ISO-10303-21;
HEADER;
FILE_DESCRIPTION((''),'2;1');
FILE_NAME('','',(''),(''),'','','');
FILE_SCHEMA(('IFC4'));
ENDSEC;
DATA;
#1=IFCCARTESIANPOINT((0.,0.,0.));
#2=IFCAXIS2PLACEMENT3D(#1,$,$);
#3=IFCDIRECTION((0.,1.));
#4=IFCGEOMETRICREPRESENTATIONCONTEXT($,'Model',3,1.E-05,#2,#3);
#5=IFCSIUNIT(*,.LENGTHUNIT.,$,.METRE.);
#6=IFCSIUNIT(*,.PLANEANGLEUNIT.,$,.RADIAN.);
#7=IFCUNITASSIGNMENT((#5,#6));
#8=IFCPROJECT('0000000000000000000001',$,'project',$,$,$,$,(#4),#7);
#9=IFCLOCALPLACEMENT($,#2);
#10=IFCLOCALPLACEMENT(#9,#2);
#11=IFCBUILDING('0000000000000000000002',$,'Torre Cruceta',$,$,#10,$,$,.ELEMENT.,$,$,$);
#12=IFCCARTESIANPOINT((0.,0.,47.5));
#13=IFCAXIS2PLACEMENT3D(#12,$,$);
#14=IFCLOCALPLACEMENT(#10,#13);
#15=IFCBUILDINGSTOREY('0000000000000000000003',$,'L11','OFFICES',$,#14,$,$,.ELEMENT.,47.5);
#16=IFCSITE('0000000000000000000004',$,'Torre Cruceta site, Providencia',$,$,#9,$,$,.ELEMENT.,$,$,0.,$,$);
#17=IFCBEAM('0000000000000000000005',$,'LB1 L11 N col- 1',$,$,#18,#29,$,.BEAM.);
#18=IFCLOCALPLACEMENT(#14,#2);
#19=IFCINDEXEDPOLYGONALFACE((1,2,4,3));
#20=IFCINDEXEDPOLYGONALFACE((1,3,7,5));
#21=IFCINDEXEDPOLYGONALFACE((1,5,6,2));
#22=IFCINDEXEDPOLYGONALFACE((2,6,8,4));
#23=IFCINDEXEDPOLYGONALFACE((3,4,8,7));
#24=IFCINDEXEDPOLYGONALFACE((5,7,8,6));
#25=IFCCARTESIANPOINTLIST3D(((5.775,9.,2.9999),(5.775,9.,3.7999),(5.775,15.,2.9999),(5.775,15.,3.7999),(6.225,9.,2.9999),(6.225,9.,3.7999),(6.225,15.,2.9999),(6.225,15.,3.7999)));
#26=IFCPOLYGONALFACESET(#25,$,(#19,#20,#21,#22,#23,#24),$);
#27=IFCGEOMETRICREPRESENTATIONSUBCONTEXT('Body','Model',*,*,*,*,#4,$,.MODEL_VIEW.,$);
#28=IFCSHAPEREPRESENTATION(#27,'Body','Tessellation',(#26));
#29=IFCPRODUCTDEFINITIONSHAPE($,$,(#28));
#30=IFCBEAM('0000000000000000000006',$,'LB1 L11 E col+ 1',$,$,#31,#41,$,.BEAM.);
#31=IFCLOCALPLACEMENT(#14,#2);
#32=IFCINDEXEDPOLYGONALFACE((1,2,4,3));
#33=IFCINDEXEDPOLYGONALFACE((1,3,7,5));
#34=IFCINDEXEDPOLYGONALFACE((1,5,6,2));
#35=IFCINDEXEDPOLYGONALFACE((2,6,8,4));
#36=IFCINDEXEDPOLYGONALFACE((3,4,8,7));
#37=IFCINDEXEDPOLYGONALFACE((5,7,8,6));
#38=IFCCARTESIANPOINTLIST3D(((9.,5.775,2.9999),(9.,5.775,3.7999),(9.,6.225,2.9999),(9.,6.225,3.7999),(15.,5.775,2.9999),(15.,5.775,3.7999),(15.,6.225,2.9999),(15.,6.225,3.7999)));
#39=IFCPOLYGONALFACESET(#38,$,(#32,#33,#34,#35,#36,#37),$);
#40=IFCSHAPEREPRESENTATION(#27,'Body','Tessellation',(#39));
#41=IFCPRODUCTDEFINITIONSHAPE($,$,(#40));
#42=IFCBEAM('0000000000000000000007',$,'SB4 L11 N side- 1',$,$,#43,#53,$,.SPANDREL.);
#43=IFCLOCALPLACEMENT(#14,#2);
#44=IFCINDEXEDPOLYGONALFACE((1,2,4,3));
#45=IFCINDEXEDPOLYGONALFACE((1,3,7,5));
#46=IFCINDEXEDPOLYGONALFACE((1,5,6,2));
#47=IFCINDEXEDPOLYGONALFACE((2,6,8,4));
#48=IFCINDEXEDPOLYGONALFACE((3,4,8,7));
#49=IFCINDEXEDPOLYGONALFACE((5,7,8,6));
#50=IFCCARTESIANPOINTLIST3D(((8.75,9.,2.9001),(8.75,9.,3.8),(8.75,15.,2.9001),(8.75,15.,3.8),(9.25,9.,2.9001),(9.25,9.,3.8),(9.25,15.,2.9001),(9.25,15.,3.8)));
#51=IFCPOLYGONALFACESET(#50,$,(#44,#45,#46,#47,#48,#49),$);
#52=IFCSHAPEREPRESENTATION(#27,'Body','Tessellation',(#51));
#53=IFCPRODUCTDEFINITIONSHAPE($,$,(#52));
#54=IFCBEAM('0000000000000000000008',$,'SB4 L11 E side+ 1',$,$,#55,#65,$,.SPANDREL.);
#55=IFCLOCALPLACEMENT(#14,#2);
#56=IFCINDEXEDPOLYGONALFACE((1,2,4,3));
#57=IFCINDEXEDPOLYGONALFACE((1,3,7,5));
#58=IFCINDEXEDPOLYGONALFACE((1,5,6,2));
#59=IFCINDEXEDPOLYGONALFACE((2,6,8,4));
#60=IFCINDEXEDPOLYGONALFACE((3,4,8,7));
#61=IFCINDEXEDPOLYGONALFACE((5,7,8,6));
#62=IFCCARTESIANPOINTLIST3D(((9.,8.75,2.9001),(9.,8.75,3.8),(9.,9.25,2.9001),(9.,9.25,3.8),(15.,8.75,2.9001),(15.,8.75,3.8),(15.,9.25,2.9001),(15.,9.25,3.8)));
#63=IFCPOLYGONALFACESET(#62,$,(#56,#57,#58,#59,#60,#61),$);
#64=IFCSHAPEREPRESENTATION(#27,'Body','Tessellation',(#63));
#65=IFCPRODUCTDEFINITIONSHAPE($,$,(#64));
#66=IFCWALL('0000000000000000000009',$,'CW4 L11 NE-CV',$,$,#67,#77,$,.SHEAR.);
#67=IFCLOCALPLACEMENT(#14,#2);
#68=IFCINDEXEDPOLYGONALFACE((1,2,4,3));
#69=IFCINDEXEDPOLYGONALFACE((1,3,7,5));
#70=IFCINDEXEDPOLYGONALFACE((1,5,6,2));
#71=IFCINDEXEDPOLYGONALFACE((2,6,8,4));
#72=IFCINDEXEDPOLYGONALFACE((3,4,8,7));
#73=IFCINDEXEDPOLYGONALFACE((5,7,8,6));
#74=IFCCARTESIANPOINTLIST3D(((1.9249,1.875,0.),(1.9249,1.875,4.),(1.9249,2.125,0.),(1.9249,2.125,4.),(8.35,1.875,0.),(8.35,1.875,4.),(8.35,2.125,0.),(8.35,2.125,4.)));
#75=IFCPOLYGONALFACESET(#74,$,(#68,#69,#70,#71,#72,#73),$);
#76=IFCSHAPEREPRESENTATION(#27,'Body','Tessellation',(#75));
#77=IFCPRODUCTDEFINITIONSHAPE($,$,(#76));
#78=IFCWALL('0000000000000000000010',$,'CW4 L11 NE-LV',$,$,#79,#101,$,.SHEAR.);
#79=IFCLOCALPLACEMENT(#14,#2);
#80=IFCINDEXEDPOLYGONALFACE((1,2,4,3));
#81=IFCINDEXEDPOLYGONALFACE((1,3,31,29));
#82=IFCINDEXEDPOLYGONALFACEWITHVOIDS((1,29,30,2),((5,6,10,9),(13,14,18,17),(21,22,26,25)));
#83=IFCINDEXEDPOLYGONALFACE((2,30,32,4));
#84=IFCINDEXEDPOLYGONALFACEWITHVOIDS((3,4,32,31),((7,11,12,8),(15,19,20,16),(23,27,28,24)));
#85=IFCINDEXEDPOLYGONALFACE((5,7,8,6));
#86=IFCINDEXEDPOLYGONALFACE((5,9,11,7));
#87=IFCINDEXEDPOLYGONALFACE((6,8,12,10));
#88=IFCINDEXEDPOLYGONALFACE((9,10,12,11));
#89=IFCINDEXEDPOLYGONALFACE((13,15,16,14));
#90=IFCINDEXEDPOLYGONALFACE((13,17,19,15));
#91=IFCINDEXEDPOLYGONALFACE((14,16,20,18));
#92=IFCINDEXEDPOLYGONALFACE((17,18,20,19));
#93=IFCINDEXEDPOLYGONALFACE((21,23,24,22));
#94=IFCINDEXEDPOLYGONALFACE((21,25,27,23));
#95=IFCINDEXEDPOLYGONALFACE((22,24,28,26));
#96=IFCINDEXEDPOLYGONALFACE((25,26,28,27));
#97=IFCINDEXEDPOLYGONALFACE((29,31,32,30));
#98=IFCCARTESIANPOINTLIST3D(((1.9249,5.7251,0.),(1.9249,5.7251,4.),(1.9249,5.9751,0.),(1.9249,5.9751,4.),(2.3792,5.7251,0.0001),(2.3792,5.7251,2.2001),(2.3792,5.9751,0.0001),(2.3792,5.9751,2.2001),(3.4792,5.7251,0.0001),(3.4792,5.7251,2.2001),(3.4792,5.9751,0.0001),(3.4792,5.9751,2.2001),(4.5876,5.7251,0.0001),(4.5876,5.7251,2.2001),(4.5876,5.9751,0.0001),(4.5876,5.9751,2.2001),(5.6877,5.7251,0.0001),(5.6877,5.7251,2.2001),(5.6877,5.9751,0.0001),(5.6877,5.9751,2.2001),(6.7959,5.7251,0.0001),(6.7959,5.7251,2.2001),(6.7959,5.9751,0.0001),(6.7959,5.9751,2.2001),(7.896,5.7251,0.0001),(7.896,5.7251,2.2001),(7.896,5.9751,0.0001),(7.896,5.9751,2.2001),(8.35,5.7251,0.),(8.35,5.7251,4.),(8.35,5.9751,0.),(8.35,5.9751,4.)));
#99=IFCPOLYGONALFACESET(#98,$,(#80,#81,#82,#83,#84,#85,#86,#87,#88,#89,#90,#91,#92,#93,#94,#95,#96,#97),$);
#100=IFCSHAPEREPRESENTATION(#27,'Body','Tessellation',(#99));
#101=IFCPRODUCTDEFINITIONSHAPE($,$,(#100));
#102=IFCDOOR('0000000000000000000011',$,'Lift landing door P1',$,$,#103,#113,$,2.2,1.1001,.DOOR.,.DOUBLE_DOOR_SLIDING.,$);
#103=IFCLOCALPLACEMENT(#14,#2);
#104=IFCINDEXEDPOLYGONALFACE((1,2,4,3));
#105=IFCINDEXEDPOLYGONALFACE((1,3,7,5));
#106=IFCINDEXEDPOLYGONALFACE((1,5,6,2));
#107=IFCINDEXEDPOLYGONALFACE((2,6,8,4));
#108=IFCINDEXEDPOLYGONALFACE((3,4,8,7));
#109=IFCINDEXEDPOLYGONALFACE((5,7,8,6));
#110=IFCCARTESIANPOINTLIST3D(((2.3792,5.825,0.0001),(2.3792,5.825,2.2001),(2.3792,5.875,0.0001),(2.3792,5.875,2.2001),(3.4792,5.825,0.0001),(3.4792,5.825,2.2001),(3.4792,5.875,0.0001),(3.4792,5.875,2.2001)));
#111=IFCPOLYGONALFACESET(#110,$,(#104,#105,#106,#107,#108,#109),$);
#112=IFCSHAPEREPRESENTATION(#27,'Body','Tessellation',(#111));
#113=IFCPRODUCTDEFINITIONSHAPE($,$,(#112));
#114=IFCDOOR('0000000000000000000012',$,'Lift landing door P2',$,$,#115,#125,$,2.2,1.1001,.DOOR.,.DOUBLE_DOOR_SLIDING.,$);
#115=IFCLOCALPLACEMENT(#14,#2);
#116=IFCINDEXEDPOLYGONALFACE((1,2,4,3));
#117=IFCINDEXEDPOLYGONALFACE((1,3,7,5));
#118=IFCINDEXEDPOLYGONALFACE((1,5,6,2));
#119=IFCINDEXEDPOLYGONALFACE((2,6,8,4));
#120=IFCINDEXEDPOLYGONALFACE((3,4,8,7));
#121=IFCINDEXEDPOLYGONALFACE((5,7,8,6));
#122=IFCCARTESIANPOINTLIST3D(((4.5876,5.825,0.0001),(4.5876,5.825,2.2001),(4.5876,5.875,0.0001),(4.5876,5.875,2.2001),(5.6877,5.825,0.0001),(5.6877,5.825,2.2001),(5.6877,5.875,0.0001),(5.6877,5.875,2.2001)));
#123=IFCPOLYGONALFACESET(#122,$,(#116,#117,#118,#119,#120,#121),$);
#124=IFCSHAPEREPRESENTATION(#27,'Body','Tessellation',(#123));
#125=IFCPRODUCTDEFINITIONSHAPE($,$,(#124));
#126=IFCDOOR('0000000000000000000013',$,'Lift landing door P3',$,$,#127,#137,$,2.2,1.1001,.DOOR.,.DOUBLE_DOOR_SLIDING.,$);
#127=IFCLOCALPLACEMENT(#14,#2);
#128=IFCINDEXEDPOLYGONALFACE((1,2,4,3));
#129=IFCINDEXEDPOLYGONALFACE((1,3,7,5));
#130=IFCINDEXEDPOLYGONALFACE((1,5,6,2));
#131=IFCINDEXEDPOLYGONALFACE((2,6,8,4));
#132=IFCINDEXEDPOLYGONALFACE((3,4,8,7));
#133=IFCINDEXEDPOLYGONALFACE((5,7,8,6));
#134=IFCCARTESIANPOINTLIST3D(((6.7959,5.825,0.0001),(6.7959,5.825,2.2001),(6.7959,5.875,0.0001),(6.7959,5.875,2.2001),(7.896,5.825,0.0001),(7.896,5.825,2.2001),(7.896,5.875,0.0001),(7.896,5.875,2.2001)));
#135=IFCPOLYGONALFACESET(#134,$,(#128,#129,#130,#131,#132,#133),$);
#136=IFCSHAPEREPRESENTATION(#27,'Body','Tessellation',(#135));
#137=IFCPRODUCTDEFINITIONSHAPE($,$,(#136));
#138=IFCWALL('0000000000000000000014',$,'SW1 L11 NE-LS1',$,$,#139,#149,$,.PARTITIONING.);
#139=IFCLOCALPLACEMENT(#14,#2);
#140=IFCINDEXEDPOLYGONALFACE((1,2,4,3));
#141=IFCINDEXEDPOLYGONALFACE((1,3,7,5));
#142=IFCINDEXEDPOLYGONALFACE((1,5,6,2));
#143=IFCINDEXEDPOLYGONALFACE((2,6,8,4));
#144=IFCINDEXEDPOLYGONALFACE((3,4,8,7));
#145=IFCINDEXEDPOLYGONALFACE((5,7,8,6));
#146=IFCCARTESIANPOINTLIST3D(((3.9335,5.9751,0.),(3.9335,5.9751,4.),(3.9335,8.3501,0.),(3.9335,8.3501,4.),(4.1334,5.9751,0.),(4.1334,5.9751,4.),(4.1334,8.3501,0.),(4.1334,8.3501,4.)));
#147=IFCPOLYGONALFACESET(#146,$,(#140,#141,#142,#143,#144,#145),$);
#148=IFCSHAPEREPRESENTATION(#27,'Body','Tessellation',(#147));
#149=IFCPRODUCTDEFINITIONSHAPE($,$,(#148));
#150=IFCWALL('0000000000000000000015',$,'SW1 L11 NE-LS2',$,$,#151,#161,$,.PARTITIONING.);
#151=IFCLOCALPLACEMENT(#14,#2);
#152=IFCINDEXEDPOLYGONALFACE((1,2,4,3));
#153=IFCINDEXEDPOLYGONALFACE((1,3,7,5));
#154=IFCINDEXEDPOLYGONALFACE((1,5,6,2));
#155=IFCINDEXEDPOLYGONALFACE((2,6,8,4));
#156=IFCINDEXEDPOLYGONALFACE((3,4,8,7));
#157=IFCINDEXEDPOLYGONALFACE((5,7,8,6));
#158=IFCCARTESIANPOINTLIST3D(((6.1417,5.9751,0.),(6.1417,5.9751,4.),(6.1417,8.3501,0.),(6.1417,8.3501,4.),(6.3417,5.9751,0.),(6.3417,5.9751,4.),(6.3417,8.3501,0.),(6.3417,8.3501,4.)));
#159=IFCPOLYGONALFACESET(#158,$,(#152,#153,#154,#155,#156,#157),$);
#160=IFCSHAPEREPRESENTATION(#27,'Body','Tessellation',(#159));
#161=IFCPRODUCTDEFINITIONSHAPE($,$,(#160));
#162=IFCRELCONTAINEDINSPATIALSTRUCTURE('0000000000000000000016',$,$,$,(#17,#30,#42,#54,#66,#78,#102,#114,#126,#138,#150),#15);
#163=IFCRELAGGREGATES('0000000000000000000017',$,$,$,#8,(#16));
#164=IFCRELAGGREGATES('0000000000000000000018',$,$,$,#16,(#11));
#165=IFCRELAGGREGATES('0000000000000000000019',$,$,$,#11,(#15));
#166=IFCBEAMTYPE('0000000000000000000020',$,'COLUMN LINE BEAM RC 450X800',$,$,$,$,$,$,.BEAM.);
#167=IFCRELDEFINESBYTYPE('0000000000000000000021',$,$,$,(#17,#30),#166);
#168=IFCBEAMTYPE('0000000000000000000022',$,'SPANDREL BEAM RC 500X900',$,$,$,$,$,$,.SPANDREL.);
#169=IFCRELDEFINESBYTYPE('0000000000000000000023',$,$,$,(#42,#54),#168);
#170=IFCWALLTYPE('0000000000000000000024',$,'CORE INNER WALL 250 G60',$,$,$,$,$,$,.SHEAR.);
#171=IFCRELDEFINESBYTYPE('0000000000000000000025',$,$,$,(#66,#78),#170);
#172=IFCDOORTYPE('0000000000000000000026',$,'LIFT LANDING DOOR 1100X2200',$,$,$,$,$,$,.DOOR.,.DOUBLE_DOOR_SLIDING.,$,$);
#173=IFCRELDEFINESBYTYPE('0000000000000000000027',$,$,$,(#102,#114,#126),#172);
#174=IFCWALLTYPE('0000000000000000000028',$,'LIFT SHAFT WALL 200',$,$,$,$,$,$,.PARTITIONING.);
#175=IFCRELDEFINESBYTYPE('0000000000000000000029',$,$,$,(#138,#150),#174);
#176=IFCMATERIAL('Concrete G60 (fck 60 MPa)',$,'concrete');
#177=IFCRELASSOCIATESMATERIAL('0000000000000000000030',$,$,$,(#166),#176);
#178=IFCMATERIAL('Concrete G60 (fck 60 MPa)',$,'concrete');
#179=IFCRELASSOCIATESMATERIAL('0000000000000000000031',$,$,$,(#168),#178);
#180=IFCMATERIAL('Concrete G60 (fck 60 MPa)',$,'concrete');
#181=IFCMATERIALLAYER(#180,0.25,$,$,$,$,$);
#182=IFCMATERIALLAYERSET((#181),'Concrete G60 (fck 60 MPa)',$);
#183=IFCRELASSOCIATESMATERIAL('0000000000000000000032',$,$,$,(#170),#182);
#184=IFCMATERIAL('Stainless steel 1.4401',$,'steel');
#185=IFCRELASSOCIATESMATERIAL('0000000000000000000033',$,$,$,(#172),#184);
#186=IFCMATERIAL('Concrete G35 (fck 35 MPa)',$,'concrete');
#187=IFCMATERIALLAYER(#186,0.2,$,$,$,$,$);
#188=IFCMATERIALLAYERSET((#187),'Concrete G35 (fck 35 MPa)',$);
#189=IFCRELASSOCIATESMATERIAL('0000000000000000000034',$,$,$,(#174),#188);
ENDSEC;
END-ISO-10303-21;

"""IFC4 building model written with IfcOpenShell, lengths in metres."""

from ifc_helpers import new_model, si_unit, direction, frame, frame_2d, origin, origin_2d, place, context, subcontext, project, spatial, rectangle, extrude, material, layer, layer_set, material_profile, profile_set, type_object, element, fill, save


model = new_model("IFC4")

# Units and contexts
model_context = context("Model", 3, precision=1e-05, world=origin(), true_north=direction((0.0, 1.0)))
body_context = subcontext(model_context, "Body", "Model", "MODEL_VIEW")
ifc_project = project(units=[si_unit("LENGTHUNIT", "METRE"), si_unit("PLANEANGLEUNIT", "RADIAN")], contexts=[model_context])

# Site, building, storey
site_placement = place(None, origin())
site = spatial("IfcSite", under=ifc_project, at=site_placement, Name="Torre Cruceta site, Providencia", CompositionType="ELEMENT", RefElevation=0.0)
building_placement = place(site_placement, origin())
building = spatial("IfcBuilding", under=site, at=building_placement, Name="Torre Cruceta", CompositionType="ELEMENT")
storey_placement = place(building_placement, frame((0.0, 0.0, 47.5)))
storey = spatial("IfcBuildingStorey", under=building, at=storey_placement, Name="L11", Description="OFFICES", CompositionType="ELEMENT", Elevation=47.5)

# Beams
ifc_material_1 = material(Name="Concrete G60 (fck 60 MPa)", Category="concrete")
ifc_material_profile_1 = material_profile(ifc_material_1, rectangle(XDim=0.45, YDim=0.8, at=origin_2d()), Name="RC 450X800")
ifc_profile_set_1 = profile_set([ifc_material_profile_1], Name="Concrete G60 (fck 60 MPa)")
beam_type_1 = type_object("IfcBeamType", Name="COLUMN LINE BEAM RC 450X800", PredefinedType="BEAM", material=ifc_profile_set_1)
for number, where, z_axis, x_axis, name in (
    (1, (6.0, 9.0, 3.3999), (0.0, 1.0, 0.0), (-1.0, 0.0, 0.0), "LB1 L11 N col- 1"),
    (2, (9.0, 6.0, 3.3999), (1.0, 0.0, 0.0), (0.0, 1.0, 0.0), "LB1 L11 E col+ 1"),
):
    element("IfcBeam", number, at=place(storey_placement, frame(where, z_axis=z_axis, x_axis=x_axis)), inside=storey, type_object=beam_type_1, Name=name, PredefinedType="BEAM", context=body_context, shape_type="SweptSolid", body=[
        extrude(rectangle(XDim=0.45, YDim=0.8, at=origin_2d()), origin(), (0.0, 0.0, 1.0), 6.0),
    ])
ifc_material_2 = material(Name="Concrete G60 (fck 60 MPa)", Category="concrete")
ifc_material_profile_2 = material_profile(ifc_material_2, rectangle(XDim=0.5, YDim=0.8999, at=origin_2d()), Name="RC 500X900")
ifc_profile_set_2 = profile_set([ifc_material_profile_2], Name="Concrete G60 (fck 60 MPa)")
beam_type_2 = type_object("IfcBeamType", Name="SPANDREL BEAM RC 500X900", PredefinedType="SPANDREL", material=ifc_profile_set_2)
for number, where, z_axis, x_axis, name in (
    (3, (9.0, 9.0, 3.3501), (0.0, 1.0, 0.0), (-1.0, 0.0, 0.0), "SB4 L11 N side- 1"),
    (4, (9.0, 9.0, 3.3501), (1.0, 0.0, 0.0), (0.0, 1.0, 0.0), "SB4 L11 E side+ 1"),
):
    element("IfcBeam", number, at=place(storey_placement, frame(where, z_axis=z_axis, x_axis=x_axis)), inside=storey, type_object=beam_type_2, Name=name, PredefinedType="SPANDREL", context=body_context, shape_type="SweptSolid", body=[
        extrude(rectangle(XDim=0.5, YDim=0.8999, at=origin_2d()), origin(), (0.0, 0.0, 1.0), 6.0),
    ])

# Wall
ifc_material_3 = material(Name="Concrete G60 (fck 60 MPa)", Category="concrete")
ifc_layer_1 = layer(ifc_material_3, 0.25)
ifc_layer_set_1 = layer_set([ifc_layer_1], Name="Concrete G60 (fck 60 MPa)")
wall_type_1 = type_object("IfcWallType", Name="CORE INNER WALL 250 G60", PredefinedType="SHEAR", material=ifc_layer_set_1)
wall_1_placement = place(storey_placement, frame((1.925, 2.0, 0.0), z_axis=(0.0, 0.0, 1.0), x_axis=(1.0, 0.0, 0.0)))
element("IfcWall", 5, at=wall_1_placement, inside=storey, type_object=wall_type_1, Name="CW4 L11 NE-CV", PredefinedType="SHEAR", context=body_context, shape_type="SweptSolid", body=[
    extrude(rectangle(XDim=6.425, YDim=0.25, at=frame_2d((3.2124, 0.0))), origin(), (0.0, 0.0, 1.0), 4.0),
])

# Wall, openings, doors
wall_2_placement = place(storey_placement, frame((1.925, 5.8501, 0.0), z_axis=(0.0, 0.0, 1.0), x_axis=(1.0, 0.0, 0.0)))
wall_2 = element("IfcWall", 6, at=wall_2_placement, inside=storey, type_object=wall_type_1, Name="CW4 L11 NE-LV", PredefinedType="SHEAR", context=body_context, shape_type="SweptSolid", body=[
    extrude(rectangle(XDim=6.425, YDim=0.25, at=frame_2d((3.2124, 0.0))), origin(), (0.0, 0.0, 1.0), 4.0),
])
opening_1_placement = place(wall_2_placement, frame((0.4541, 0.0, 0.0)))
opening_1 = element("IfcOpeningElement", 7, at=opening_1_placement, cuts=wall_2, PredefinedType="OPENING", context=body_context, shape_type="SweptSolid", body=[
    extrude(rectangle(XDim=1.1001, YDim=2.2, at=frame_2d((0.55, 1.1001))), frame((0.0, 0.135, 0.0), z_axis=(0.0, -1.0, 0.0), x_axis=(1.0, 0.0, 0.0)), (0.0, 0.0, 1.0), 0.27),
])
opening_2_placement = place(wall_2_placement, frame((2.6626, 0.0, 0.0)))
opening_2 = element("IfcOpeningElement", 8, at=opening_2_placement, cuts=wall_2, PredefinedType="OPENING", context=body_context, shape_type="SweptSolid", body=[
    extrude(rectangle(XDim=1.1001, YDim=2.2, at=frame_2d((0.55, 1.1001))), frame((0.0, 0.135, 0.0), z_axis=(0.0, -1.0, 0.0), x_axis=(1.0, 0.0, 0.0)), (0.0, 0.0, 1.0), 0.27),
])
opening_3_placement = place(wall_2_placement, frame((4.8708, 0.0, 0.0)))
opening_3 = element("IfcOpeningElement", 9, at=opening_3_placement, cuts=wall_2, PredefinedType="OPENING", context=body_context, shape_type="SweptSolid", body=[
    extrude(rectangle(XDim=1.1001, YDim=2.2, at=frame_2d((0.55, 1.1001))), frame((0.0, 0.135, 0.0), z_axis=(0.0, -1.0, 0.0), x_axis=(1.0, 0.0, 0.0)), (0.0, 0.0, 1.0), 0.27),
])
ifc_material_4 = material(Name="Stainless steel 1.4401", Category="steel")
door_type_1 = type_object("IfcDoorType", Name="LIFT LANDING DOOR 1100X2200", OperationType="DOUBLE_DOOR_SLIDING", PredefinedType="DOOR", material=ifc_material_4)
door_1_placement = place(opening_1_placement, origin())
door_1 = element("IfcDoor", 10, at=door_1_placement, inside=storey, type_object=door_type_1, Name="Lift landing door P1", OperationType="DOUBLE_DOOR_SLIDING", OverallHeight=2.2, OverallWidth=1.1001, PredefinedType="DOOR", context=body_context, shape_type="SweptSolid", body=[
    extrude(rectangle(XDim=1.1001, YDim=2.2, at=frame_2d((0.55, 1.1001))), frame((0.0, 0.0249, 0.0), z_axis=(0.0, -1.0, 0.0), x_axis=(1.0, 0.0, 0.0)), (0.0, 0.0, 1.0), 0.05),
])
fill(opening_1, door_1)
door_2_placement = place(opening_2_placement, origin())
door_2 = element("IfcDoor", 11, at=door_2_placement, inside=storey, type_object=door_type_1, Name="Lift landing door P2", OperationType="DOUBLE_DOOR_SLIDING", OverallHeight=2.2, OverallWidth=1.1001, PredefinedType="DOOR", context=body_context, shape_type="SweptSolid", body=[
    extrude(rectangle(XDim=1.1001, YDim=2.2, at=frame_2d((0.55, 1.1001))), frame((0.0, 0.0249, 0.0), z_axis=(0.0, -1.0, 0.0), x_axis=(1.0, 0.0, 0.0)), (0.0, 0.0, 1.0), 0.05),
])
fill(opening_2, door_2)
door_3_placement = place(opening_3_placement, origin())
door_3 = element("IfcDoor", 12, at=door_3_placement, inside=storey, type_object=door_type_1, Name="Lift landing door P3", OperationType="DOUBLE_DOOR_SLIDING", OverallHeight=2.2, OverallWidth=1.1001, PredefinedType="DOOR", context=body_context, shape_type="SweptSolid", body=[
    extrude(rectangle(XDim=1.1001, YDim=2.2, at=frame_2d((0.55, 1.1001))), frame((0.0, 0.0249, 0.0), z_axis=(0.0, -1.0, 0.0), x_axis=(1.0, 0.0, 0.0)), (0.0, 0.0, 1.0), 0.05),
])
fill(opening_3, door_3)

# Walls
ifc_material_5 = material(Name="Concrete G35 (fck 35 MPa)", Category="concrete")
ifc_layer_2 = layer(ifc_material_5, 0.2)
ifc_layer_set_2 = layer_set([ifc_layer_2], Name="Concrete G35 (fck 35 MPa)")
wall_type_2 = type_object("IfcWallType", Name="LIFT SHAFT WALL 200", PredefinedType="PARTITIONING", material=ifc_layer_set_2)
for number, where, z_axis, x_axis, name in (
    (13, (4.0334, 5.9751, 0.0), (0.0, 0.0, 1.0), (0.0, 1.0, 0.0), "SW1 L11 NE-LS1"),
    (14, (6.2417, 5.9751, 0.0), (0.0, 0.0, 1.0), (0.0, 1.0, 0.0), "SW1 L11 NE-LS2"),
):
    element("IfcWall", number, at=place(storey_placement, frame(where, z_axis=z_axis, x_axis=x_axis)), inside=storey, type_object=wall_type_2, Name=name, PredefinedType="PARTITIONING", context=body_context, shape_type="SweptSolid", body=[
        extrude(rectangle(XDim=2.375, YDim=0.2, at=frame_2d((1.1875, 0.0))), origin(), (0.0, 0.0, 1.0), 4.0),
    ])

save(model, "model.ifc")
